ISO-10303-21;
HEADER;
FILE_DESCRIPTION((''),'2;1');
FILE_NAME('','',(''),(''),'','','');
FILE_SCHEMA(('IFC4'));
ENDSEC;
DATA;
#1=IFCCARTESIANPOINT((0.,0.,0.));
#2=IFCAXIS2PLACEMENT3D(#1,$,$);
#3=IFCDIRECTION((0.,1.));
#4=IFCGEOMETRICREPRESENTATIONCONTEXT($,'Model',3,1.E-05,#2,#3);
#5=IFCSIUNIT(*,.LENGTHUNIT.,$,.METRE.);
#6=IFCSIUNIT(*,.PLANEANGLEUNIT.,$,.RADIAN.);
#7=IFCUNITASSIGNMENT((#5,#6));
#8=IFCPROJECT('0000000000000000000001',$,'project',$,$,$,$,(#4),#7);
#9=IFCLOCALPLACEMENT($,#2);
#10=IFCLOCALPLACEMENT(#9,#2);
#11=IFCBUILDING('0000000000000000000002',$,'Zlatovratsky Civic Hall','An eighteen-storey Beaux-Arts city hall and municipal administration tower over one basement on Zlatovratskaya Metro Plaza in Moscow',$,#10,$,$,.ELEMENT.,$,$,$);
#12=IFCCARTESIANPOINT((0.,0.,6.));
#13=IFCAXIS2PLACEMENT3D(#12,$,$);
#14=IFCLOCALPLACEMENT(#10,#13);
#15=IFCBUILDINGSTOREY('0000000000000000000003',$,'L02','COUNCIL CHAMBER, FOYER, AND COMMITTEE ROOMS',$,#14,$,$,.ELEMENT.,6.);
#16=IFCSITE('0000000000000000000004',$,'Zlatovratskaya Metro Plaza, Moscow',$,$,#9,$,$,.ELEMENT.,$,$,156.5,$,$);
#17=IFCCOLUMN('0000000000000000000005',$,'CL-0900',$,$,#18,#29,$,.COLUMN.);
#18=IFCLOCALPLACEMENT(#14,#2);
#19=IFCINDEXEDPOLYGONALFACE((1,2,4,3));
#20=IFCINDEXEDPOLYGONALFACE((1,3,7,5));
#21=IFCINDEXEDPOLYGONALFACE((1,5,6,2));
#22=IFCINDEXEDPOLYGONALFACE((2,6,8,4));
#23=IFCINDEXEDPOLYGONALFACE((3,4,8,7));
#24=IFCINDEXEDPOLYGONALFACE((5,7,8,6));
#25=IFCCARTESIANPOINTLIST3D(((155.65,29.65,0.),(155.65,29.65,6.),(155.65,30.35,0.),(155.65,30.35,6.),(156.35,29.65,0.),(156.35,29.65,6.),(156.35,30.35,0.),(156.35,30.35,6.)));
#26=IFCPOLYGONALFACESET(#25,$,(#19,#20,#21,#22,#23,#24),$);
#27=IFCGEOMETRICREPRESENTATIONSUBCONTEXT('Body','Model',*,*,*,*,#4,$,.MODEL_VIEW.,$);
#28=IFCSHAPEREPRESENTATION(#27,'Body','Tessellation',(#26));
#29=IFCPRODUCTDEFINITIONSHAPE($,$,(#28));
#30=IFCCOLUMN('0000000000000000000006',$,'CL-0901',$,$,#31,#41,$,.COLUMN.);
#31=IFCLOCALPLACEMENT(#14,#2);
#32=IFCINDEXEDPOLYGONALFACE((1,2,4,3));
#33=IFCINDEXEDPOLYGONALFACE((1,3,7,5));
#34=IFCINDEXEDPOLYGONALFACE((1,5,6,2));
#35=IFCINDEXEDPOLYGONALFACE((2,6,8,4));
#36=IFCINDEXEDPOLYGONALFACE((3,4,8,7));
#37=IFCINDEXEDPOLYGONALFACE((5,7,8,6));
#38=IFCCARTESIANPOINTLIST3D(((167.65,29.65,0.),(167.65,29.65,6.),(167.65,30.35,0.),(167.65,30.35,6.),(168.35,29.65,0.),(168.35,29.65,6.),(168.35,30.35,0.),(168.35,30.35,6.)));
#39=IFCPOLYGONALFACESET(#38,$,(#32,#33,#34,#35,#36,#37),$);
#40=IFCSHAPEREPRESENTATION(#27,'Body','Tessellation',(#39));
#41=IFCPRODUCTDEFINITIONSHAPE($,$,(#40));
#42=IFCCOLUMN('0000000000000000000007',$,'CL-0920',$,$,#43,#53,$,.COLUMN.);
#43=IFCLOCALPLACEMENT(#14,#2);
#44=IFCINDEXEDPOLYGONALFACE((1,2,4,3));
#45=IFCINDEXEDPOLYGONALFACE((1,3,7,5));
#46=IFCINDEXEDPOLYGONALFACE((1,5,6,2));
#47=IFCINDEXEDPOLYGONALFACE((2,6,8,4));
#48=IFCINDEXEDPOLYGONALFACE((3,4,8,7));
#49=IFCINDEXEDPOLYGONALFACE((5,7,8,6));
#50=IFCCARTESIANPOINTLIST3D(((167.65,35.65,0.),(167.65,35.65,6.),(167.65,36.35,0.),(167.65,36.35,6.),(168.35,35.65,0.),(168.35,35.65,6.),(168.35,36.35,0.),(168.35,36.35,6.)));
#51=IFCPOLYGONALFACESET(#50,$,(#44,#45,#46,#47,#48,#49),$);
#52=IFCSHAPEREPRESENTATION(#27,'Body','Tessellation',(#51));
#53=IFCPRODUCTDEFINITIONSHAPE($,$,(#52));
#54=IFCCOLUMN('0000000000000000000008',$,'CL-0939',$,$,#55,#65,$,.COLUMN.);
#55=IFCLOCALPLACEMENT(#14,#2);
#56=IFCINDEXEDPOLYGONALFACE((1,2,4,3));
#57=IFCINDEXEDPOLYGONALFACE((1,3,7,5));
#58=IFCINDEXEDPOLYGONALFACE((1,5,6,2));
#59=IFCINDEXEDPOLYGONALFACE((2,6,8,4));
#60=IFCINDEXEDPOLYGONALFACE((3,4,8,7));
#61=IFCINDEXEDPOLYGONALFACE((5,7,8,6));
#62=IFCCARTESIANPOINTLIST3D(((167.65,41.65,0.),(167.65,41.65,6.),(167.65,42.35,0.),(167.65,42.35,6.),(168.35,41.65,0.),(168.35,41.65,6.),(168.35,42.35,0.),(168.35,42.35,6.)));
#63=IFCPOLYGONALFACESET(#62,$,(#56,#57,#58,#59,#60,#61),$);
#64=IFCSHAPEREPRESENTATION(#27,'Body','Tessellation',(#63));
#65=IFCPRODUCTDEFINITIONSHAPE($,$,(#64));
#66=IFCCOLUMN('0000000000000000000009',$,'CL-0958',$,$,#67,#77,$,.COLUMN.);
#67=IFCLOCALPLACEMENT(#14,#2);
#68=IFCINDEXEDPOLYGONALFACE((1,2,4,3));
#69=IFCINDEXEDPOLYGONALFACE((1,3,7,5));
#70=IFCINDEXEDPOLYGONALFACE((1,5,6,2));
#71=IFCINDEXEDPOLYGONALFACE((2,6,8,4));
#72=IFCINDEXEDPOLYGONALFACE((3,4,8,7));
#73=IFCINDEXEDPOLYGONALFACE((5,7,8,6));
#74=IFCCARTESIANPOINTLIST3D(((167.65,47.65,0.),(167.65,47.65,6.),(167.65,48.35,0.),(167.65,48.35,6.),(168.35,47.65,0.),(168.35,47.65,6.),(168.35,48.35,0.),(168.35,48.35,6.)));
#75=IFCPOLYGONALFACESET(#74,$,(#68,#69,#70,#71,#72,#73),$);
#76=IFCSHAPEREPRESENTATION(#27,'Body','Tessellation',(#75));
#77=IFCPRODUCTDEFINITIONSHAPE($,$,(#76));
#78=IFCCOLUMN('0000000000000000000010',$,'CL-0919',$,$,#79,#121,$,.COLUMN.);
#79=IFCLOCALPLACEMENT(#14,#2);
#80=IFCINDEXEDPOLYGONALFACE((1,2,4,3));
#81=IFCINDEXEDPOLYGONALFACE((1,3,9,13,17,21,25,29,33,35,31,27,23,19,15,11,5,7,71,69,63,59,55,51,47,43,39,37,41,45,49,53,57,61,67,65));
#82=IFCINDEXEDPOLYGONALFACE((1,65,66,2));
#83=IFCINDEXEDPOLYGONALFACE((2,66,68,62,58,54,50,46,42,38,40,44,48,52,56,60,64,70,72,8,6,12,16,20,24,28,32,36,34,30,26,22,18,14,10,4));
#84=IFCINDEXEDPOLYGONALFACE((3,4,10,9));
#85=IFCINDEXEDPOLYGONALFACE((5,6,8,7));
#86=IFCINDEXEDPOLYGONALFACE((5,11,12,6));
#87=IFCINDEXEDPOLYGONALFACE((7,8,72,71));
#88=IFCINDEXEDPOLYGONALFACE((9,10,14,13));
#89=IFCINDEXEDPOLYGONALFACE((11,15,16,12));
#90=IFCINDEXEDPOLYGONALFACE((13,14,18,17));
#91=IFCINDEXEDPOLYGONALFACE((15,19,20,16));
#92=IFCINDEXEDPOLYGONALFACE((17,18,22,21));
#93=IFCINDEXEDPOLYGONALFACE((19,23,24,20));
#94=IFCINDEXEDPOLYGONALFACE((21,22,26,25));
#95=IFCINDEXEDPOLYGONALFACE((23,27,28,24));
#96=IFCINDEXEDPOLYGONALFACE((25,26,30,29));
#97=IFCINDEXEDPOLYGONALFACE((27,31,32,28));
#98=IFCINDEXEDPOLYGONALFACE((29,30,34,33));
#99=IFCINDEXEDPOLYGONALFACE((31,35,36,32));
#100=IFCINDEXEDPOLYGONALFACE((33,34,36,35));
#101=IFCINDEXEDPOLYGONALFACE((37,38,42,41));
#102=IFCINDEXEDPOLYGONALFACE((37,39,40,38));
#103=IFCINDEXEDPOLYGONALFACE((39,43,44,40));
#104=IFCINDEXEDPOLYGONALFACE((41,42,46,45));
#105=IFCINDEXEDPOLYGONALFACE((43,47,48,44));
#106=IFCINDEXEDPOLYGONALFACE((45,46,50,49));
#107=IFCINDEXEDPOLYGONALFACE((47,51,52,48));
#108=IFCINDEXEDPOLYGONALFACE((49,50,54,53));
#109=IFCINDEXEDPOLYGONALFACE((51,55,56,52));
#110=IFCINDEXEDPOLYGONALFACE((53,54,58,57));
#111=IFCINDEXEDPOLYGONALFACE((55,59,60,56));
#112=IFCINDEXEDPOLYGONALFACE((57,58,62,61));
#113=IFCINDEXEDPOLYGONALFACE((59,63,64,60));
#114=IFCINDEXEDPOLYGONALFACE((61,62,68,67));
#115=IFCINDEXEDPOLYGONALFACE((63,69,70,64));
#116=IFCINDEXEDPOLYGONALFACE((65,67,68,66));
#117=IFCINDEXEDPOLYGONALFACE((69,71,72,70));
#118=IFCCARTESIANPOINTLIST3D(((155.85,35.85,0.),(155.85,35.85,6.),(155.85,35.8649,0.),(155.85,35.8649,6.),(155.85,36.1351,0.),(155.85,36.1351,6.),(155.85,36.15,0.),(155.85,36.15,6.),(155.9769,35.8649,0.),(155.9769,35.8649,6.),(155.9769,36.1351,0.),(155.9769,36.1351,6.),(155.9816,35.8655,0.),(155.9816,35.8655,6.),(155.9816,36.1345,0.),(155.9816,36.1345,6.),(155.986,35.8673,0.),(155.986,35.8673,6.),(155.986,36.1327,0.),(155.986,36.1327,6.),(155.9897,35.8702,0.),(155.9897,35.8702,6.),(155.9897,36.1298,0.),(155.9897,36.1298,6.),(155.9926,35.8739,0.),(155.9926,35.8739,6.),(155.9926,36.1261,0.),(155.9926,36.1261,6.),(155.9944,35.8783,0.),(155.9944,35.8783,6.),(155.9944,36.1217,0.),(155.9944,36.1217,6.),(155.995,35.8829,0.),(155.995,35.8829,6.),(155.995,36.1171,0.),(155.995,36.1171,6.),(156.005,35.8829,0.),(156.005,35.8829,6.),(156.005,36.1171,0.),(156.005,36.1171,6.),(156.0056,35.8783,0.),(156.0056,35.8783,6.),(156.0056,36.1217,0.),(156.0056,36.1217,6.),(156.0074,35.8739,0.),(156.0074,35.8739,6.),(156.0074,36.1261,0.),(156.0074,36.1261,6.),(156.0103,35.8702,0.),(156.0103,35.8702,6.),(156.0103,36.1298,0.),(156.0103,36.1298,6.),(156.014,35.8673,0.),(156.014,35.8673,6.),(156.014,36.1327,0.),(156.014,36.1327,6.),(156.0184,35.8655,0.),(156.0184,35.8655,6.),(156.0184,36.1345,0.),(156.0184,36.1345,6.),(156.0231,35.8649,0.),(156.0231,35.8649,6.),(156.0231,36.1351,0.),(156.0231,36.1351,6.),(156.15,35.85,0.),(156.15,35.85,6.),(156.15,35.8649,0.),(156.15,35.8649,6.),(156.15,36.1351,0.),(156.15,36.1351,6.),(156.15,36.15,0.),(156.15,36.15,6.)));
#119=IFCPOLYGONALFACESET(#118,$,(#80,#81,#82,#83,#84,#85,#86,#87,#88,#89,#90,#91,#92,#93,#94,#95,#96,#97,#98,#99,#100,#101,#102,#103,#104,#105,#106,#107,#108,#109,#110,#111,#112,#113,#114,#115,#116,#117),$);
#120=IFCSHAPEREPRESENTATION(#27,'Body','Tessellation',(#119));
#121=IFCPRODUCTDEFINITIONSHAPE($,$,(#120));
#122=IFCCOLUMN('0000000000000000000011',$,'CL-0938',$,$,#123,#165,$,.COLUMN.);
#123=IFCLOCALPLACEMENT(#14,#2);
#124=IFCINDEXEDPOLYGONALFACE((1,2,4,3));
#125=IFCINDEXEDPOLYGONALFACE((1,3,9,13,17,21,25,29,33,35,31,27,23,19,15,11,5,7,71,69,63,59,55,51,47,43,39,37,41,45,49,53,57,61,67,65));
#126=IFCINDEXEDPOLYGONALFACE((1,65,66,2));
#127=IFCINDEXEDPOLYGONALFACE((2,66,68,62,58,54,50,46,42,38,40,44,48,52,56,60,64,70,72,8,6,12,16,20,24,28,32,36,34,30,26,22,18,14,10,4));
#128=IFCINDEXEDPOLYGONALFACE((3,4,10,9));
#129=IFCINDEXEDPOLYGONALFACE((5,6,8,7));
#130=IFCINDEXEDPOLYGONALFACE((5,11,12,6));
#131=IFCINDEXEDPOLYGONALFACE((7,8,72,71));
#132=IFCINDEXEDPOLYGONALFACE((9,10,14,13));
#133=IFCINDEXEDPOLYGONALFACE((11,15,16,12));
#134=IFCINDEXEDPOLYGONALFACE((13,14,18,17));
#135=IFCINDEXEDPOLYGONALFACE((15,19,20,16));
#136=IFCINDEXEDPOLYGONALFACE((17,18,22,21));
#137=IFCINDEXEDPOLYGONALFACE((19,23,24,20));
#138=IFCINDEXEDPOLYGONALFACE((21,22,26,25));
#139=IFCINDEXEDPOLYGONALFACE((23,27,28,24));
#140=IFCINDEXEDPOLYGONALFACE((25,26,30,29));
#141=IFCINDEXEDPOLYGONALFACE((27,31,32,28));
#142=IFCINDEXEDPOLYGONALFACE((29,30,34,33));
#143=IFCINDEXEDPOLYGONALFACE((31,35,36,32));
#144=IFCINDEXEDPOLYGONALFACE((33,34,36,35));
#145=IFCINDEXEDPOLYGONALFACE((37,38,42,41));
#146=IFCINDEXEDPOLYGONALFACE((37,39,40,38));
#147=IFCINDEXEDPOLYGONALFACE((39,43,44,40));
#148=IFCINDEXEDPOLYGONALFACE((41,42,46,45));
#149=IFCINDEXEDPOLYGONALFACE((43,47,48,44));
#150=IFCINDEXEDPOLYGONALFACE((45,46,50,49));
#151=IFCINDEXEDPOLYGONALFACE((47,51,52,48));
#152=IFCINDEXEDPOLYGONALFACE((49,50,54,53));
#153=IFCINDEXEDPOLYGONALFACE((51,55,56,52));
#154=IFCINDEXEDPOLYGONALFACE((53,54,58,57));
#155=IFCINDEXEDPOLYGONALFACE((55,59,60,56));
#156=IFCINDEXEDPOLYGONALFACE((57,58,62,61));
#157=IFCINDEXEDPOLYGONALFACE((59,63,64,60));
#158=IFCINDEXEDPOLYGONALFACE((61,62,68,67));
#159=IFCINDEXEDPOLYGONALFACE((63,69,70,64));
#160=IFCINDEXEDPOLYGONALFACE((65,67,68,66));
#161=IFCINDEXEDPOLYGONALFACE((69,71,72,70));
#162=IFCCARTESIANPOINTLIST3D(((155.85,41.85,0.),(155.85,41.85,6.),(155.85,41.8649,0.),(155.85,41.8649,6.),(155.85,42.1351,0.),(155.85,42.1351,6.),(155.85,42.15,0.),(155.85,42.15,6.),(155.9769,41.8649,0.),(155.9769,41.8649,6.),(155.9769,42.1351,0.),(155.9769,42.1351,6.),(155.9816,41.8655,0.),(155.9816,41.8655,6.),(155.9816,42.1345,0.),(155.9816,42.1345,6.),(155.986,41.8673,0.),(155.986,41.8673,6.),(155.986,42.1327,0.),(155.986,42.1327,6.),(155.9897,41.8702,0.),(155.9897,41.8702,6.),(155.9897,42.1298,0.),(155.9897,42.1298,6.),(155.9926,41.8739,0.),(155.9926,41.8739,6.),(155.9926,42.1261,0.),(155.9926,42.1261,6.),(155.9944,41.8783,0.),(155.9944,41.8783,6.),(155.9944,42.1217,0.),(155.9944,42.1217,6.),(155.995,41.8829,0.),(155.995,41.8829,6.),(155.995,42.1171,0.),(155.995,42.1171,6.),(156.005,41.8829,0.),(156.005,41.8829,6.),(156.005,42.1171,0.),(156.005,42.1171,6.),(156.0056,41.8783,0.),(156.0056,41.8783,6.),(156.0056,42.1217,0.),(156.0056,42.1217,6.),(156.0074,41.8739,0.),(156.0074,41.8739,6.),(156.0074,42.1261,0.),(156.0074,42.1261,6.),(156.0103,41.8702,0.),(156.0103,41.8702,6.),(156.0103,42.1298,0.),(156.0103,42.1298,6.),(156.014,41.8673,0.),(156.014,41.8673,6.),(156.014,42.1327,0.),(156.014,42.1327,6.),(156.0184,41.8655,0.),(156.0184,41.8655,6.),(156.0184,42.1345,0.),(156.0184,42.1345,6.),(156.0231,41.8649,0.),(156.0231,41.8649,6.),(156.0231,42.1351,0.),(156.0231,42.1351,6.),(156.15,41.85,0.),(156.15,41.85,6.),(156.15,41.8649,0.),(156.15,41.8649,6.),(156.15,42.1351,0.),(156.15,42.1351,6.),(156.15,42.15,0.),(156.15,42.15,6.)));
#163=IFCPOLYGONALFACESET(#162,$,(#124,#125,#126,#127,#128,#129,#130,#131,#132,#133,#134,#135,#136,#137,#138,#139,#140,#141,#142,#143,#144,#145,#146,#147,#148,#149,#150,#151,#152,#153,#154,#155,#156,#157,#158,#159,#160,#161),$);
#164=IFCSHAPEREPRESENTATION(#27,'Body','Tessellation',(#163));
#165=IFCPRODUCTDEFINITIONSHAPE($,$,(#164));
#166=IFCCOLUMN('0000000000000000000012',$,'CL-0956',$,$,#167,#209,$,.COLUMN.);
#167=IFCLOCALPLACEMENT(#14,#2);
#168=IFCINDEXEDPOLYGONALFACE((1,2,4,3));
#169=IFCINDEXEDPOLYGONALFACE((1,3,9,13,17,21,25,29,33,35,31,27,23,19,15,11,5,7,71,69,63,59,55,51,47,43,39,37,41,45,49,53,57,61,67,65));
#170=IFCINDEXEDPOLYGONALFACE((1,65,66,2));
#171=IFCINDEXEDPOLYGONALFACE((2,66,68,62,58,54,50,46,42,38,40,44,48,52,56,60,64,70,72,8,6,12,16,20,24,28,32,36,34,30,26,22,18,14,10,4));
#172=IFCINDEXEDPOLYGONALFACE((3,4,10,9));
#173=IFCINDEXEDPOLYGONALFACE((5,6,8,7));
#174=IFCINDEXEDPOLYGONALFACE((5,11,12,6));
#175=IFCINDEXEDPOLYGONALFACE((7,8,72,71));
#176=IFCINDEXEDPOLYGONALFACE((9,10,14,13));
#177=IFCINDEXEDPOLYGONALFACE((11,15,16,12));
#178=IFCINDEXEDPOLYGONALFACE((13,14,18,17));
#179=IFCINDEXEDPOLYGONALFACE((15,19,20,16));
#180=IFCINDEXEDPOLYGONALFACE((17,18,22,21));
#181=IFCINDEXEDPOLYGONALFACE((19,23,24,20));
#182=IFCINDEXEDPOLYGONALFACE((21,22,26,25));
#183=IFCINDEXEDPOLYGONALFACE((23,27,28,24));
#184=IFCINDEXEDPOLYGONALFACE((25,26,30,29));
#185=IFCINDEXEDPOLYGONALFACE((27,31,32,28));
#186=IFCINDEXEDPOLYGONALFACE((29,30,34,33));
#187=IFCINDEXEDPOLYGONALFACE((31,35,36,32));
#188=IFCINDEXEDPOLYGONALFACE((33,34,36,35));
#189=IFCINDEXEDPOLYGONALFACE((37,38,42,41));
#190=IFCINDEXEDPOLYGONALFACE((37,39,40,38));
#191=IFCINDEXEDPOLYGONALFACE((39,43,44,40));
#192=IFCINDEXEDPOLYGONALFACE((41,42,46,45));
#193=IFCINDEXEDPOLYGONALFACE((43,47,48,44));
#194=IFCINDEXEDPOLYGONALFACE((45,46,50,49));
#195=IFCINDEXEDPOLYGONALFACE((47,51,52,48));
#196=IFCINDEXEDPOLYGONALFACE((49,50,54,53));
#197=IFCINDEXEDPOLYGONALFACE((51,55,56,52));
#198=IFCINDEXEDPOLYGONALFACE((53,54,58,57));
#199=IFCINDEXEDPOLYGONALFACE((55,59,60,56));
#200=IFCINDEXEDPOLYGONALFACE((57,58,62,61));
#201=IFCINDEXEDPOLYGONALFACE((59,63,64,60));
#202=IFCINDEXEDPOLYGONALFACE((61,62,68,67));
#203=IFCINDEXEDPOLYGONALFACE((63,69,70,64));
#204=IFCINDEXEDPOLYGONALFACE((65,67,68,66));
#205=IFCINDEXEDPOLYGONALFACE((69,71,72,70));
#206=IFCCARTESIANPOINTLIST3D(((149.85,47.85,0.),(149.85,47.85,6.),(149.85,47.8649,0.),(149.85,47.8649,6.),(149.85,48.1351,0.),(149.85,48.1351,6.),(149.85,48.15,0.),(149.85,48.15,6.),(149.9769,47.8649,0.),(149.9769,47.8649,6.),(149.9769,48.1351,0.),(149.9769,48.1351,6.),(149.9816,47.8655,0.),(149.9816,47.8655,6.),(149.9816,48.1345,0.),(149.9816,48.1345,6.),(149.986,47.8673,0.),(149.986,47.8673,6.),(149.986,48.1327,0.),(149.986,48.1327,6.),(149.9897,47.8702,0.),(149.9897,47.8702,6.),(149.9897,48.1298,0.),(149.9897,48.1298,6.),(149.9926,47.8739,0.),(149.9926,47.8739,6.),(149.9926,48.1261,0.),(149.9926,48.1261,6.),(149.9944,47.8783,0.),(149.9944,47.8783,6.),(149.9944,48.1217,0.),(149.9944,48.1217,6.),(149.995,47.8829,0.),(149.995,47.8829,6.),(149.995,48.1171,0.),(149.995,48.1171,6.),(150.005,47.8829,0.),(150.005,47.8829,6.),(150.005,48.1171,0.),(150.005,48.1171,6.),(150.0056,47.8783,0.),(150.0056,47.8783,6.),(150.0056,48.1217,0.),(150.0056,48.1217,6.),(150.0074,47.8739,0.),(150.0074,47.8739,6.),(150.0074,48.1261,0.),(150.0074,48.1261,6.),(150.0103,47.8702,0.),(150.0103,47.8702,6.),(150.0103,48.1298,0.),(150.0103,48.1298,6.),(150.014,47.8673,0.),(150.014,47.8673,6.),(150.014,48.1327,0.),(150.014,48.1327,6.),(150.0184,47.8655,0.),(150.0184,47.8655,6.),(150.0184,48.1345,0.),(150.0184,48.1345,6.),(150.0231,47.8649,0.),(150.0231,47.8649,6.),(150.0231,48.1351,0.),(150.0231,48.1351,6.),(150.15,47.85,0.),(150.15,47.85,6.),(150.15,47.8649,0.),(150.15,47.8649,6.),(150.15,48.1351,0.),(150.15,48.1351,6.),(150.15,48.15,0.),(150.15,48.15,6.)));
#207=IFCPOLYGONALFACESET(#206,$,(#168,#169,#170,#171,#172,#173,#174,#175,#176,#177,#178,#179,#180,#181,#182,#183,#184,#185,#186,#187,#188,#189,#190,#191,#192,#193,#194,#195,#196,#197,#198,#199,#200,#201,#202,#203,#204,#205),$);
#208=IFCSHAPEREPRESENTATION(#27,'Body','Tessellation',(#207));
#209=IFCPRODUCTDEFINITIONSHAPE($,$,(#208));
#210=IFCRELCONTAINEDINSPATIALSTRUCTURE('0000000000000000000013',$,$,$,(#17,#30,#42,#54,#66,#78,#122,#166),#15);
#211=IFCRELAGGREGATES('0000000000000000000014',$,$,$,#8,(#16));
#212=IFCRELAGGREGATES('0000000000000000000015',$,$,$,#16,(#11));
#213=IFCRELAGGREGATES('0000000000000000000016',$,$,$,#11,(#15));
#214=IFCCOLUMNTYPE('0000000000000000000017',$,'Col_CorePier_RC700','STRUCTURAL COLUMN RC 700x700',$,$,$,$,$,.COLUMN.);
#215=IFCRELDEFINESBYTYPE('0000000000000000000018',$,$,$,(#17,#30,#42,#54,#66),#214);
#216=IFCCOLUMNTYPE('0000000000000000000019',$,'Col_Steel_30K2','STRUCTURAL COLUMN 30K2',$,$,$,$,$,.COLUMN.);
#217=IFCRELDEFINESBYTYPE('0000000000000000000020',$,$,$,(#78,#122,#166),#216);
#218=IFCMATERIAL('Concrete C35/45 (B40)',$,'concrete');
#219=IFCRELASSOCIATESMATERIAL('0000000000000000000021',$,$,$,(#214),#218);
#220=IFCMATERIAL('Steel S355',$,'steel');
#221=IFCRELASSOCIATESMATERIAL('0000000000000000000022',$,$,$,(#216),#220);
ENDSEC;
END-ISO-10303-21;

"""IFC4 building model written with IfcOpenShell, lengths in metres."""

from ifc_helpers import new_model, si_unit, direction, frame, origin, origin_2d, place, context, subcontext, project, spatial, rectangle, i_section, extrude, material, material_profile, profile_set, type_object, element, save


model = new_model("IFC4")

# Units and contexts
model_context = context("Model", 3, precision=1e-05, world=origin(), true_north=direction((0.0, 1.0)))
body_context = subcontext(model_context, "Body", "Model", "MODEL_VIEW")
ifc_project = project(units=[si_unit("LENGTHUNIT", "METRE"), si_unit("PLANEANGLEUNIT", "RADIAN")], contexts=[model_context])

# Site, building, storey
site_placement = place(None, origin())
site = spatial("IfcSite", under=ifc_project, at=site_placement, Name="Zlatovratskaya Metro Plaza, Moscow", CompositionType="ELEMENT", RefElevation=156.5)
building_placement = place(site_placement, origin())
building = spatial("IfcBuilding", under=site, at=building_placement, Name="Zlatovratsky Civic Hall", Description="An eighteen-storey Beaux-Arts city hall and municipal administration tower over one basement on Zlatovratskaya Metro Plaza in Moscow", CompositionType="ELEMENT")
storey_placement = place(building_placement, frame((0.0, 0.0, 6.0)))
storey = spatial("IfcBuildingStorey", under=building, at=storey_placement, Name="L02", Description="COUNCIL CHAMBER, FOYER, AND COMMITTEE ROOMS", CompositionType="ELEMENT", Elevation=6.0)

# Columns
ifc_material_1 = material(Name="Concrete C35/45 (B40)", Category="concrete")
ifc_material_profile_1 = material_profile(ifc_material_1, rectangle(XDim=0.7, YDim=0.7, at=origin_2d()), Name="RC 700x700")
ifc_profile_set_1 = profile_set([ifc_material_profile_1], Name="Concrete C35/45 (B40)")
column_type_1 = type_object("IfcColumnType", Name="Col_CorePier_RC700", Description="STRUCTURAL COLUMN RC 700x700", PredefinedType="COLUMN", material=ifc_profile_set_1)
for number, where, z_axis, x_axis, name in (
    (1, (156.0, 30.0, 0.0), (0.0, 0.0, 1.0), (1.0, 0.0, 0.0), "CL-0900"),
    (2, (168.0, 30.0, 0.0), (0.0, 0.0, 1.0), (1.0, 0.0, 0.0), "CL-0901"),
    (3, (168.0, 36.0, 0.0), (0.0, 0.0, 1.0), (1.0, 0.0, 0.0), "CL-0920"),
    (4, (168.0, 42.0, 0.0), (0.0, 0.0, 1.0), (1.0, 0.0, 0.0), "CL-0939"),
    (5, (168.0, 48.0, 0.0), (0.0, 0.0, 1.0), (1.0, 0.0, 0.0), "CL-0958"),
):
    element("IfcColumn", number, at=place(storey_placement, frame(where, z_axis=z_axis, x_axis=x_axis)), inside=storey, type_object=column_type_1, Name=name, PredefinedType="COLUMN", context=body_context, shape_type="SweptSolid", body=[
        extrude(rectangle(XDim=0.7, YDim=0.7, at=origin_2d()), origin(), (0.0, 0.0, 1.0), 6.0),
    ])
ifc_material_2 = material(Name="Steel S355", Category="steel")
ifc_material_profile_2 = material_profile(ifc_material_2, i_section(OverallWidth=0.3, OverallDepth=0.3, WebThickness=0.01, FlangeThickness=0.0149, FilletRadius=0.0181, at=origin_2d()), Name="30K2")
ifc_profile_set_2 = profile_set([ifc_material_profile_2], Name="Steel S355")
column_type_2 = type_object("IfcColumnType", Name="Col_Steel_30K2", Description="STRUCTURAL COLUMN 30K2", PredefinedType="COLUMN", material=ifc_profile_set_2)
for number, where, z_axis, x_axis, name in (
    (6, (156.0, 36.0, 0.0), (0.0, 0.0, 1.0), (1.0, 0.0, 0.0), "CL-0919"),
    (7, (156.0, 42.0, 0.0), (0.0, 0.0, 1.0), (1.0, 0.0, 0.0), "CL-0938"),
    (8, (150.0, 48.0, 0.0), (0.0, 0.0, 1.0), (1.0, 0.0, 0.0), "CL-0956"),
):
    element("IfcColumn", number, at=place(storey_placement, frame(where, z_axis=z_axis, x_axis=x_axis)), inside=storey, type_object=column_type_2, Name=name, PredefinedType="COLUMN", context=body_context, shape_type="SweptSolid", body=[
        extrude(i_section(OverallWidth=0.3, OverallDepth=0.3, WebThickness=0.01, FlangeThickness=0.0149, FilletRadius=0.0181, at=origin_2d()), origin(), (0.0, 0.0, 1.0), 6.0),
    ])

save(model, "model.ifc")
